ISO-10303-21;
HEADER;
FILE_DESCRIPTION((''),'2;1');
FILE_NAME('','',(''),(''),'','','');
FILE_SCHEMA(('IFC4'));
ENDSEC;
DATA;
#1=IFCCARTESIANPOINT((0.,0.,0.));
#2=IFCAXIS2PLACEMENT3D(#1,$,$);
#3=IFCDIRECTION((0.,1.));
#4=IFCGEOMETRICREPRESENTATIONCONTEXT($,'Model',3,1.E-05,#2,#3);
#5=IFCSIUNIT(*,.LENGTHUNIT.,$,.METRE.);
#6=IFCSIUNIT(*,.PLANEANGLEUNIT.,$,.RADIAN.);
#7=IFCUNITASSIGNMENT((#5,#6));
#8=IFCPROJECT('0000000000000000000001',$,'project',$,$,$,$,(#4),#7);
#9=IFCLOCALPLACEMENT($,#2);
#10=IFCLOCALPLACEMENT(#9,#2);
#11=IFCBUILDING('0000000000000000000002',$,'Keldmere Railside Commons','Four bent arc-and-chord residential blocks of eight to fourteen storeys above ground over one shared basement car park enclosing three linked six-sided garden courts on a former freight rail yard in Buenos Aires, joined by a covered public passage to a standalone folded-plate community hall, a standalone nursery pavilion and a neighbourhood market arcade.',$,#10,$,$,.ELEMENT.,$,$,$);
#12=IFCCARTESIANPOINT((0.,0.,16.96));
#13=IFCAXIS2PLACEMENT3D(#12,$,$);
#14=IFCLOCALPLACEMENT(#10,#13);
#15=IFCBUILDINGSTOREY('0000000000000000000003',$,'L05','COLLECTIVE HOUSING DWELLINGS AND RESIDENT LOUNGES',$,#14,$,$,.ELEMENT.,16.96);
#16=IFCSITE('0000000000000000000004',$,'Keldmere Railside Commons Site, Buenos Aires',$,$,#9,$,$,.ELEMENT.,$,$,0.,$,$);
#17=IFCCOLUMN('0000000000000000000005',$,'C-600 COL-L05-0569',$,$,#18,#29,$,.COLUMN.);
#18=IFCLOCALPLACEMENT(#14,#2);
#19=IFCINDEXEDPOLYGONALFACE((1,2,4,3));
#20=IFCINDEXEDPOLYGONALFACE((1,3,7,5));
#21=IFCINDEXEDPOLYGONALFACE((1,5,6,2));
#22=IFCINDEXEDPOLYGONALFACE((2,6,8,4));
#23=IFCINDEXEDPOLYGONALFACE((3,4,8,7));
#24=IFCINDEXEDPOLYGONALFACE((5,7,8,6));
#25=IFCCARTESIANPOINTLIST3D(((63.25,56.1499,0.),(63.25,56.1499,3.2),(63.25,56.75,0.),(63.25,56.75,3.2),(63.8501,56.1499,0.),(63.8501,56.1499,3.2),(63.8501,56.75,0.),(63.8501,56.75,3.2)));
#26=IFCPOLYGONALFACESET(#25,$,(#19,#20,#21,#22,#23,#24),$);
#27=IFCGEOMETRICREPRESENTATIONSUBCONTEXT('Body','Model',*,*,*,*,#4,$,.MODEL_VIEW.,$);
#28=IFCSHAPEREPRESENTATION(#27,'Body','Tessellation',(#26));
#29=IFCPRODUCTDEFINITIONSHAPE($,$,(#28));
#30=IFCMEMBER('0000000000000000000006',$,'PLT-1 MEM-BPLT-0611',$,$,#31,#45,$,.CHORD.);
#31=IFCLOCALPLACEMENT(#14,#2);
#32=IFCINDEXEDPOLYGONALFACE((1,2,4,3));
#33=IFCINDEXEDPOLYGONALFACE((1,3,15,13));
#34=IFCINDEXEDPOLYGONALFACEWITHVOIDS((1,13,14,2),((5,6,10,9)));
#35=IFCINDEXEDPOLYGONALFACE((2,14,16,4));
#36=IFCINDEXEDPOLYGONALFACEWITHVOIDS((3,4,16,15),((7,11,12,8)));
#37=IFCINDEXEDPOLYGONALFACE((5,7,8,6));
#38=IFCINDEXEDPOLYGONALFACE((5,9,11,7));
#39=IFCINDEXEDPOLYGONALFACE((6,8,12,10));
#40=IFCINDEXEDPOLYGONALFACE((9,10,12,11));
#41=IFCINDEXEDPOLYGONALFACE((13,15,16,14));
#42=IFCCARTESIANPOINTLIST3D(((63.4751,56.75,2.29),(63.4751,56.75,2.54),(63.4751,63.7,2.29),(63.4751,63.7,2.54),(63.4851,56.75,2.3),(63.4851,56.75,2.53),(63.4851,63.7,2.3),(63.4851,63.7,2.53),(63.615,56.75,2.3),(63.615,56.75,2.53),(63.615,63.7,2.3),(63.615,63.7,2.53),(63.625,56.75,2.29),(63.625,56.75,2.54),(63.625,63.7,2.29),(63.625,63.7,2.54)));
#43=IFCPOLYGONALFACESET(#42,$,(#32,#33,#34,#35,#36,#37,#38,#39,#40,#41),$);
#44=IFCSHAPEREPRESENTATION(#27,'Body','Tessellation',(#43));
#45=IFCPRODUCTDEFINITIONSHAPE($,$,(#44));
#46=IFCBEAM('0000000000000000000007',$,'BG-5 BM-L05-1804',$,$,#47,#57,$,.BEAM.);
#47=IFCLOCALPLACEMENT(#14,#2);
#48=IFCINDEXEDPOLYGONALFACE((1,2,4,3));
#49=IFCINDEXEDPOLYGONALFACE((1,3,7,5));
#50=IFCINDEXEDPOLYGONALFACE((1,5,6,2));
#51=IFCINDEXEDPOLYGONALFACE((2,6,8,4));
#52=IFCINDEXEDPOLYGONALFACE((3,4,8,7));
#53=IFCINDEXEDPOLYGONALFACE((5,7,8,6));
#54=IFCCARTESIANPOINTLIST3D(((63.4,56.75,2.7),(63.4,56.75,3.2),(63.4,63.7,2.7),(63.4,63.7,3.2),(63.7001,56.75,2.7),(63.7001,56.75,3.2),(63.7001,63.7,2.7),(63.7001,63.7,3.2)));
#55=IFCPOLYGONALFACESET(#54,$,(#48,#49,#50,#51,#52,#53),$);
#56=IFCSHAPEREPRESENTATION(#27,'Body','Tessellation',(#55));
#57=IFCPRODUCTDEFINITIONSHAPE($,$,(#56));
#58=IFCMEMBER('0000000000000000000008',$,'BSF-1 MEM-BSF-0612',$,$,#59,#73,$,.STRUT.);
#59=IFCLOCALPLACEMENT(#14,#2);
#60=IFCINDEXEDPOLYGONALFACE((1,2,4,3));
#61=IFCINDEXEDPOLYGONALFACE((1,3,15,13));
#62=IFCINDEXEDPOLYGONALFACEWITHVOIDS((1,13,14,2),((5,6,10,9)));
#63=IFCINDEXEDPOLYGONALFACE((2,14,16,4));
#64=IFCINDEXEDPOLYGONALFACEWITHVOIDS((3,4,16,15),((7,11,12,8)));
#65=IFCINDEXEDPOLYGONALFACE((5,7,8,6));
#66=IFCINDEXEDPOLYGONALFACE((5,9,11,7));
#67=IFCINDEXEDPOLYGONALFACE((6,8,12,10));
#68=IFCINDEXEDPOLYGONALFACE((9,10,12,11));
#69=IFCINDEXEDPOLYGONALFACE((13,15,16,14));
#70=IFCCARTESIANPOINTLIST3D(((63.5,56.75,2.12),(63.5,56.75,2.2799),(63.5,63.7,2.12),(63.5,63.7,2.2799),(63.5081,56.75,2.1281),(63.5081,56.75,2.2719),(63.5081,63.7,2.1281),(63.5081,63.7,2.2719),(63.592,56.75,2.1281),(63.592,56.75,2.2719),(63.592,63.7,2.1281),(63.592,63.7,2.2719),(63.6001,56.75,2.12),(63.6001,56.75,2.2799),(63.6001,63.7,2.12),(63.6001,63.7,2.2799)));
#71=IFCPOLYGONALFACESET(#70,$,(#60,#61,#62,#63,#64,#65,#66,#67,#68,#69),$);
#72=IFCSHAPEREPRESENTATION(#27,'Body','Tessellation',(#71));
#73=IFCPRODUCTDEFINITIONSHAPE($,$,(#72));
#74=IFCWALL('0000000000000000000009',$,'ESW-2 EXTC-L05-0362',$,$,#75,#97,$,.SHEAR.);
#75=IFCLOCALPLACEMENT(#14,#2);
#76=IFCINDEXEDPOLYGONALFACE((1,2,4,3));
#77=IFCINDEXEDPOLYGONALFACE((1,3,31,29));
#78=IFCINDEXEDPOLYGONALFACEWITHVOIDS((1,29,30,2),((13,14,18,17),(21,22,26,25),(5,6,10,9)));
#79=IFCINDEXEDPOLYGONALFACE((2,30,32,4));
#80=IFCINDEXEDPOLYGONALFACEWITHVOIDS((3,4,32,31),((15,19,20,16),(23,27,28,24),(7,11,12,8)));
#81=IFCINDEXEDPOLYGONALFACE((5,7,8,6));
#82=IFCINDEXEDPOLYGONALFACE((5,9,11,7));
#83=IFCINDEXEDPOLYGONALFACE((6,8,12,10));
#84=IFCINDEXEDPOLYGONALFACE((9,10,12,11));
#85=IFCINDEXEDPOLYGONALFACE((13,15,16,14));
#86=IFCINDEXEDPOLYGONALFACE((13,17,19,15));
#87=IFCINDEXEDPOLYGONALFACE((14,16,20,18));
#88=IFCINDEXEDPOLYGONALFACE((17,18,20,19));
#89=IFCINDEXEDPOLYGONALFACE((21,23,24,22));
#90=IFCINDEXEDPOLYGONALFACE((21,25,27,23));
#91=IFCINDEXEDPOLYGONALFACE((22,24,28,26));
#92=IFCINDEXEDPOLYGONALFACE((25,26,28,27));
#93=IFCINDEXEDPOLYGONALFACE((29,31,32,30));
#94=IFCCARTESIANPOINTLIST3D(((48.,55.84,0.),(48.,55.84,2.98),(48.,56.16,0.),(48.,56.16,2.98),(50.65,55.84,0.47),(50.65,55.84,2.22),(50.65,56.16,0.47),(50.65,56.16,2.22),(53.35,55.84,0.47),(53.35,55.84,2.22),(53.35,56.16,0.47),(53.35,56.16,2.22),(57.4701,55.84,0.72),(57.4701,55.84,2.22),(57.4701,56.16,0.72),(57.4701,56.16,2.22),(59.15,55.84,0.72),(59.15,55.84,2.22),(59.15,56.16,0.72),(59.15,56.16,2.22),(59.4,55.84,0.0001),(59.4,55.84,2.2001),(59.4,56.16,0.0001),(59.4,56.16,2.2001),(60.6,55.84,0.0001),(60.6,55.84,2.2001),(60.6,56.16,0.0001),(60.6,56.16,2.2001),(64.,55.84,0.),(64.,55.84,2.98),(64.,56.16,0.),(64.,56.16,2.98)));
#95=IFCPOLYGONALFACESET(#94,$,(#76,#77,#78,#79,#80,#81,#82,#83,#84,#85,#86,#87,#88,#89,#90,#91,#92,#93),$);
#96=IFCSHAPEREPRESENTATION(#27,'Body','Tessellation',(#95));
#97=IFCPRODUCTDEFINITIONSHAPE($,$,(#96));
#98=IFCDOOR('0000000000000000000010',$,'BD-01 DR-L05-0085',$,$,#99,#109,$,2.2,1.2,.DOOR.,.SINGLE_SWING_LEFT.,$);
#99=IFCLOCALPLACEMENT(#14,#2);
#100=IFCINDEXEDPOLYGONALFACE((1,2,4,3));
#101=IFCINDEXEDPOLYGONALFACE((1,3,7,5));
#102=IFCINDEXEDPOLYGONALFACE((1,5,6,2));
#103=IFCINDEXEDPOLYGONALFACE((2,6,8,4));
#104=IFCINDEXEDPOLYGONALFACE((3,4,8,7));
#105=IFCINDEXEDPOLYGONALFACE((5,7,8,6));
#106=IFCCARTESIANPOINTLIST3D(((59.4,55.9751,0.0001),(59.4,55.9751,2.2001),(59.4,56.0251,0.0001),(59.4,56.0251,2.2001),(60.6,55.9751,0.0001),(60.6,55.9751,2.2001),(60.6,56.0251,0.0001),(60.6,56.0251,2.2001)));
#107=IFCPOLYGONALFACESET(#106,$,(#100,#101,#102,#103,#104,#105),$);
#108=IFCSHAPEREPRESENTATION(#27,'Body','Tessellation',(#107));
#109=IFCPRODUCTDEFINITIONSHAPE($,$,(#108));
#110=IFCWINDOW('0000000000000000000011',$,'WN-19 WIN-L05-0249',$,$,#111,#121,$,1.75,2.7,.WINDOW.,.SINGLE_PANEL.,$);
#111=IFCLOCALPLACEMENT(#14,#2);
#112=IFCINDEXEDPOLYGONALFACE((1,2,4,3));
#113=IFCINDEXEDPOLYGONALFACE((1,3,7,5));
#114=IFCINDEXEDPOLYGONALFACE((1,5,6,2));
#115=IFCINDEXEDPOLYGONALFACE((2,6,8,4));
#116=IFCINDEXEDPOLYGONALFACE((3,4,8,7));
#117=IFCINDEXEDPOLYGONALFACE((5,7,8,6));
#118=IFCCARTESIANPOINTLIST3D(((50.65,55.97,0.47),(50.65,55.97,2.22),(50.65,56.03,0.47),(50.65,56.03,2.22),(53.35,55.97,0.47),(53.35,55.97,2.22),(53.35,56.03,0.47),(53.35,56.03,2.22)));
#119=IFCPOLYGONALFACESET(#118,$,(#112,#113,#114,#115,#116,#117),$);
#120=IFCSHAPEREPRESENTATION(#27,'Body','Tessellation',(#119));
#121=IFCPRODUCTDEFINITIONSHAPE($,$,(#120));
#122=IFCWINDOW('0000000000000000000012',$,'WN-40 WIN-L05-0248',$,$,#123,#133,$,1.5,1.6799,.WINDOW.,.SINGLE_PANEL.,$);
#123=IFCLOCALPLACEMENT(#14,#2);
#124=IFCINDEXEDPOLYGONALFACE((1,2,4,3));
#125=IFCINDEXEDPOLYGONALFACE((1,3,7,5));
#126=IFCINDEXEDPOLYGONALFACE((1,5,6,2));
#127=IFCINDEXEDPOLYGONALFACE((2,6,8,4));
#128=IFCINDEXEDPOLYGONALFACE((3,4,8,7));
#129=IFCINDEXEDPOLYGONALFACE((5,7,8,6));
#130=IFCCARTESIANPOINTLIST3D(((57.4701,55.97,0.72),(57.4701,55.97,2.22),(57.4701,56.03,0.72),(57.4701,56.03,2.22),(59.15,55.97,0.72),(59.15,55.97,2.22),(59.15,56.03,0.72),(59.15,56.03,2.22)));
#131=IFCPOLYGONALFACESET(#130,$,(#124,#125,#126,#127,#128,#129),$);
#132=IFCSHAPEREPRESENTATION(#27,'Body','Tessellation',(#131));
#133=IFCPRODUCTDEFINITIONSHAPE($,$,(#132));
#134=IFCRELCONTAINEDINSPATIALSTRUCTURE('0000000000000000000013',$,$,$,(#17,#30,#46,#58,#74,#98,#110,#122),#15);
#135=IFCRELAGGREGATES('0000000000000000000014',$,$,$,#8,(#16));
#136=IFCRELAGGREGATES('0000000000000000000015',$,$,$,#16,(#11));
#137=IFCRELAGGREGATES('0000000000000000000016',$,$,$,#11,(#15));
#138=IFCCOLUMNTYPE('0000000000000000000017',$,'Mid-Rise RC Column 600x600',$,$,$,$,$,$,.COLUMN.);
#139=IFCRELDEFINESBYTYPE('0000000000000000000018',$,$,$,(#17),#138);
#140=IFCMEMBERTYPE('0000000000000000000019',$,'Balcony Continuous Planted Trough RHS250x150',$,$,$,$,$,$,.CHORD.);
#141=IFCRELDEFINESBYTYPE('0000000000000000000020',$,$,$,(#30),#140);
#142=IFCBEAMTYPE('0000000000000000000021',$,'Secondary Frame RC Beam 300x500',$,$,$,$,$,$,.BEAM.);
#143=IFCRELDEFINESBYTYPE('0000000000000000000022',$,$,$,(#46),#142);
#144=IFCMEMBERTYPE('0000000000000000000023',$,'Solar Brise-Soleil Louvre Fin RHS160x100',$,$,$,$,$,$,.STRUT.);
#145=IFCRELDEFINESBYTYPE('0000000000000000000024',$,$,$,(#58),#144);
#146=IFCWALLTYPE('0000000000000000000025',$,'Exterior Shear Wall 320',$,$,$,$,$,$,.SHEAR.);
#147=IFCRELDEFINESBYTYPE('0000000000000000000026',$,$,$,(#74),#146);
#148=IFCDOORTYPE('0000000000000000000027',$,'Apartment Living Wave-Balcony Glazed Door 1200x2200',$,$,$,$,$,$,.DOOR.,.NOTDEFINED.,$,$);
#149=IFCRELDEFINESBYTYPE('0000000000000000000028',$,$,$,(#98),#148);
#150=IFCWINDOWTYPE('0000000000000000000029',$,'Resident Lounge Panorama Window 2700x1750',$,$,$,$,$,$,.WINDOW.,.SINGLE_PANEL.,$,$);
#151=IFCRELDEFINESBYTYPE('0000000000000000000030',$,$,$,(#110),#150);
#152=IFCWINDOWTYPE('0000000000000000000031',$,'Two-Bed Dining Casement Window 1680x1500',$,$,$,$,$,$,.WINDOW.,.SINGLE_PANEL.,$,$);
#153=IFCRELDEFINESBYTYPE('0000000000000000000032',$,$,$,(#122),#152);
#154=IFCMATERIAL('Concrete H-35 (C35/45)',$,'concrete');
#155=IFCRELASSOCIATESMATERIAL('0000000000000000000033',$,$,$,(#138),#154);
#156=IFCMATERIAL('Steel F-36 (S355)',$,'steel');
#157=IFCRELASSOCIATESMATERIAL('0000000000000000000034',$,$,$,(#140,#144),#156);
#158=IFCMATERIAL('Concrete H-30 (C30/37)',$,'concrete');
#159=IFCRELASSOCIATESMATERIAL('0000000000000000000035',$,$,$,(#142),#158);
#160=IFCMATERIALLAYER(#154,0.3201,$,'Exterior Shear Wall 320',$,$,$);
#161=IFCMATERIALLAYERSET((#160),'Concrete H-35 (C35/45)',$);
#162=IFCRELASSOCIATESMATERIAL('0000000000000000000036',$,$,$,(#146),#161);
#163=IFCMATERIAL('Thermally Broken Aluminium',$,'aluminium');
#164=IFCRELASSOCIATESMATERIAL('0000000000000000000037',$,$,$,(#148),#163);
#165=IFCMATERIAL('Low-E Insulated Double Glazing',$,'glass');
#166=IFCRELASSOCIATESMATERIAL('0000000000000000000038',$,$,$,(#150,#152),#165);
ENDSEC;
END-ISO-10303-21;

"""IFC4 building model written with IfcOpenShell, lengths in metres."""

from ifc_helpers import new_model, si_unit, direction, frame, frame_2d, origin, origin_2d, place, context, subcontext, project, spatial, rectangle, hollow_rectangle, extrude, material, layer, layer_set, material_profile, profile_set, type_object, element, fill, save


model = new_model("IFC4")

# Units and contexts
model_context = context("Model", 3, precision=1e-05, world=origin(), true_north=direction((0.0, 1.0)))
body_context = subcontext(model_context, "Body", "Model", "MODEL_VIEW")
ifc_project = project(units=[si_unit("LENGTHUNIT", "METRE"), si_unit("PLANEANGLEUNIT", "RADIAN")], contexts=[model_context])

# Site, building, storey
site_placement = place(None, origin())
site = spatial("IfcSite", under=ifc_project, at=site_placement, Name="Keldmere Railside Commons Site, Buenos Aires", CompositionType="ELEMENT", RefElevation=0.0)
building_placement = place(site_placement, origin())
building = spatial("IfcBuilding", under=site, at=building_placement, Name="Keldmere Railside Commons", Description="Four bent arc-and-chord residential blocks of eight to fourteen storeys above ground over one shared basement car park enclosing three linked six-sided garden courts on a former freight rail yard in Buenos Aires, joined by a covered public passage to a standalone folded-plate community hall, a standalone nursery pavilion and a neighbourhood market arcade.", CompositionType="ELEMENT")
storey_placement = place(building_placement, frame((0.0, 0.0, 16.96)))
storey = spatial("IfcBuildingStorey", under=building, at=storey_placement, Name="L05", Description="COLLECTIVE HOUSING DWELLINGS AND RESIDENT LOUNGES", CompositionType="ELEMENT", Elevation=16.96)

# Column
ifc_material_1 = material(Name="Concrete H-35 (C35/45)", Category="concrete")
ifc_material_profile_1 = material_profile(ifc_material_1, rectangle(XDim=0.6001, YDim=0.6001, at=origin_2d()), Name="RC-600x600")
ifc_profile_set_1 = profile_set([ifc_material_profile_1], Name="Concrete H-35 (C35/45)")
column_type = type_object("IfcColumnType", Name="Mid-Rise RC Column 600x600", PredefinedType="COLUMN", material=ifc_profile_set_1)
column_placement = place(storey_placement, frame((63.55, 56.45, 0.0), z_axis=(0.0, 0.0, 1.0), x_axis=(1.0, 0.0, 0.0)))
element("IfcColumn", 1, at=column_placement, inside=storey, type_object=column_type, Name="C-600 COL-L05-0569", PredefinedType="COLUMN", context=body_context, shape_type="SweptSolid", body=[
    extrude(rectangle(XDim=0.6001, YDim=0.6001, at=origin_2d()), origin(), (0.0, 0.0, 1.0), 3.2),
])

# Member
ifc_material_2 = material(Name="Steel F-36 (S355)", Category="steel")
ifc_material_profile_2 = material_profile(ifc_material_2, hollow_rectangle(XDim=0.1499, YDim=0.25, WallThickness=0.01, at=origin_2d()), Name="RHS-250x150x10")
ifc_profile_set_2 = profile_set([ifc_material_profile_2], Name="Steel F-36 (S355)")
member_type_1 = type_object("IfcMemberType", Name="Balcony Continuous Planted Trough RHS250x150", PredefinedType="CHORD", material=ifc_profile_set_2)
member_1_placement = place(storey_placement, frame((63.55, 56.75, 2.415), z_axis=(0.0, 1.0, 0.0), x_axis=(-1.0, 0.0, 0.0)))
element("IfcMember", 2, at=member_1_placement, inside=storey, type_object=member_type_1, Name="PLT-1 MEM-BPLT-0611", PredefinedType="CHORD", context=body_context, shape_type="SweptSolid", body=[
    extrude(hollow_rectangle(XDim=0.1499, YDim=0.25, WallThickness=0.01, at=origin_2d()), origin(), (0.0, 0.0, 1.0), 6.95),
])

# Beam
ifc_material_3 = material(Name="Concrete H-30 (C30/37)", Category="concrete")
ifc_material_profile_3 = material_profile(ifc_material_3, rectangle(XDim=0.3, YDim=0.5, at=origin_2d()), Name="RC-300x500")
ifc_profile_set_3 = profile_set([ifc_material_profile_3], Name="Concrete H-30 (C30/37)")
beam_type = type_object("IfcBeamType", Name="Secondary Frame RC Beam 300x500", PredefinedType="BEAM", material=ifc_profile_set_3)
beam_placement = place(storey_placement, frame((63.55, 56.75, 2.95), z_axis=(0.0, 1.0, 0.0), x_axis=(-1.0, 0.0, 0.0)))
element("IfcBeam", 3, at=beam_placement, inside=storey, type_object=beam_type, Name="BG-5 BM-L05-1804", PredefinedType="BEAM", context=body_context, shape_type="SweptSolid", body=[
    extrude(rectangle(XDim=0.3, YDim=0.5, at=origin_2d()), origin(), (0.0, 0.0, 1.0), 6.95),
])

# Member
ifc_material_profile_4 = material_profile(ifc_material_2, hollow_rectangle(XDim=0.1001, YDim=0.1599, WallThickness=0.0081, at=origin_2d()), Name="RHS-160x100x8")
ifc_profile_set_4 = profile_set([ifc_material_profile_4], Name="Steel F-36 (S355)")
member_type_2 = type_object("IfcMemberType", Name="Solar Brise-Soleil Louvre Fin RHS160x100", PredefinedType="STRUT", material=ifc_profile_set_4)
member_2_placement = place(storey_placement, frame((63.55, 56.75, 2.2), z_axis=(0.0, 1.0, 0.0), x_axis=(-1.0, 0.0, 0.0)))
element("IfcMember", 4, at=member_2_placement, inside=storey, type_object=member_type_2, Name="BSF-1 MEM-BSF-0612", PredefinedType="STRUT", context=body_context, shape_type="SweptSolid", body=[
    extrude(hollow_rectangle(XDim=0.1001, YDim=0.1599, WallThickness=0.0081, at=origin_2d()), origin(), (0.0, 0.0, 1.0), 6.95),
])

# Wall, openings, door, windows
ifc_layer = layer(ifc_material_1, 0.3201, Name="Exterior Shear Wall 320")
ifc_layer_set = layer_set([ifc_layer], Name="Concrete H-35 (C35/45)")
wall_type = type_object("IfcWallType", Name="Exterior Shear Wall 320", PredefinedType="SHEAR", material=ifc_layer_set)
wall_placement = place(storey_placement, frame((64.0, 56.0, 0.0), z_axis=(0.0, 0.0, 1.0), x_axis=(-1.0, 0.0, 0.0)))
wall = element("IfcWall", 5, at=wall_placement, inside=storey, type_object=wall_type, Name="ESW-2 EXTC-L05-0362", PredefinedType="SHEAR", context=body_context, shape_type="SweptSolid", body=[
    extrude(rectangle(XDim=16.0, YDim=0.3201, at=frame_2d((8.0, 0.0))), origin(), (0.0, 0.0, 1.0), 2.98),
])
opening_1_placement = place(wall_placement, frame((3.3999, 0.0, 0.0)))
opening_1 = element("IfcOpeningElement", 6, at=opening_1_placement, cuts=wall, PredefinedType="OPENING", context=body_context, shape_type="SweptSolid", body=[
    extrude(rectangle(XDim=1.2, YDim=2.2, at=frame_2d((0.6001, 1.1001))), frame((0.0, 0.1699, 0.0), z_axis=(0.0, -1.0, 0.0), x_axis=(1.0, 0.0, 0.0)), (0.0, 0.0, 1.0), 0.3401),
])
opening_2_placement = place(wall_placement, frame((4.8501, 0.0, 0.72)))
opening_2 = element("IfcOpeningElement", 7, at=opening_2_placement, cuts=wall, PredefinedType="OPENING", context=body_context, shape_type="SweptSolid", body=[
    extrude(rectangle(XDim=1.6799, YDim=1.5, at=frame_2d((0.8398, 0.75))), frame((0.0, 0.1699, 0.0), z_axis=(0.0, -1.0, 0.0), x_axis=(1.0, 0.0, 0.0)), (0.0, 0.0, 1.0), 0.3401),
])
opening_3_placement = place(wall_placement, frame((10.6499, 0.0, 0.47)))
opening_3 = element("IfcOpeningElement", 8, at=opening_3_placement, cuts=wall, PredefinedType="OPENING", context=body_context, shape_type="SweptSolid", body=[
    extrude(rectangle(XDim=2.7, YDim=1.75, at=frame_2d((1.3501, 0.875))), frame((0.0, 0.1699, 0.0), z_axis=(0.0, -1.0, 0.0), x_axis=(1.0, 0.0, 0.0)), (0.0, 0.0, 1.0), 0.3401),
])
ifc_material_4 = material(Name="Thermally Broken Aluminium", Category="aluminium")
door_type = type_object("IfcDoorType", Name="Apartment Living Wave-Balcony Glazed Door 1200x2200", OperationType="NOTDEFINED", PredefinedType="DOOR", material=ifc_material_4)
door_placement = place(opening_1_placement, origin())
door = element("IfcDoor", 9, at=door_placement, inside=storey, type_object=door_type, Name="BD-01 DR-L05-0085", OperationType="SINGLE_SWING_LEFT", OverallHeight=2.2, OverallWidth=1.2, PredefinedType="DOOR", context=body_context, shape_type="SweptSolid", body=[
    extrude(rectangle(XDim=1.2, YDim=2.2, at=frame_2d((0.6001, 1.1001))), frame((0.0, 0.0249, 0.0), z_axis=(0.0, -1.0, 0.0), x_axis=(1.0, 0.0, 0.0)), (0.0, 0.0, 1.0), 0.05),
])
fill(opening_1, door)
ifc_material_5 = material(Name="Low-E Insulated Double Glazing", Category="glass")
window_type_1 = type_object("IfcWindowType", Name="Resident Lounge Panorama Window 2700x1750", PartitioningType="SINGLE_PANEL", PredefinedType="WINDOW", material=ifc_material_5)
window_1_placement = place(opening_3_placement, origin())
window_1 = element("IfcWindow", 10, at=window_1_placement, inside=storey, type_object=window_type_1, Name="WN-19 WIN-L05-0249", OverallHeight=1.75, OverallWidth=2.7, PartitioningType="SINGLE_PANEL", PredefinedType="WINDOW", context=body_context, shape_type="SweptSolid", body=[
    extrude(rectangle(XDim=2.7, YDim=1.75, at=frame_2d((1.3501, 0.875))), frame((0.0, 0.03, 0.0), z_axis=(0.0, -1.0, 0.0), x_axis=(1.0, 0.0, 0.0)), (0.0, 0.0, 1.0), 0.0601),
])
fill(opening_3, window_1)
window_type_2 = type_object("IfcWindowType", Name="Two-Bed Dining Casement Window 1680x1500", PartitioningType="SINGLE_PANEL", PredefinedType="WINDOW", material=ifc_material_5)
window_2_placement = place(opening_2_placement, origin())
window_2 = element("IfcWindow", 11, at=window_2_placement, inside=storey, type_object=window_type_2, Name="WN-40 WIN-L05-0248", OverallHeight=1.5, OverallWidth=1.6799, PartitioningType="SINGLE_PANEL", PredefinedType="WINDOW", context=body_context, shape_type="SweptSolid", body=[
    extrude(rectangle(XDim=1.6799, YDim=1.5, at=frame_2d((0.8398, 0.75))), frame((0.0, 0.03, 0.0), z_axis=(0.0, -1.0, 0.0), x_axis=(1.0, 0.0, 0.0)), (0.0, 0.0, 1.0), 0.0601),
])
fill(opening_2, window_2)

save(model, "model.ifc")
